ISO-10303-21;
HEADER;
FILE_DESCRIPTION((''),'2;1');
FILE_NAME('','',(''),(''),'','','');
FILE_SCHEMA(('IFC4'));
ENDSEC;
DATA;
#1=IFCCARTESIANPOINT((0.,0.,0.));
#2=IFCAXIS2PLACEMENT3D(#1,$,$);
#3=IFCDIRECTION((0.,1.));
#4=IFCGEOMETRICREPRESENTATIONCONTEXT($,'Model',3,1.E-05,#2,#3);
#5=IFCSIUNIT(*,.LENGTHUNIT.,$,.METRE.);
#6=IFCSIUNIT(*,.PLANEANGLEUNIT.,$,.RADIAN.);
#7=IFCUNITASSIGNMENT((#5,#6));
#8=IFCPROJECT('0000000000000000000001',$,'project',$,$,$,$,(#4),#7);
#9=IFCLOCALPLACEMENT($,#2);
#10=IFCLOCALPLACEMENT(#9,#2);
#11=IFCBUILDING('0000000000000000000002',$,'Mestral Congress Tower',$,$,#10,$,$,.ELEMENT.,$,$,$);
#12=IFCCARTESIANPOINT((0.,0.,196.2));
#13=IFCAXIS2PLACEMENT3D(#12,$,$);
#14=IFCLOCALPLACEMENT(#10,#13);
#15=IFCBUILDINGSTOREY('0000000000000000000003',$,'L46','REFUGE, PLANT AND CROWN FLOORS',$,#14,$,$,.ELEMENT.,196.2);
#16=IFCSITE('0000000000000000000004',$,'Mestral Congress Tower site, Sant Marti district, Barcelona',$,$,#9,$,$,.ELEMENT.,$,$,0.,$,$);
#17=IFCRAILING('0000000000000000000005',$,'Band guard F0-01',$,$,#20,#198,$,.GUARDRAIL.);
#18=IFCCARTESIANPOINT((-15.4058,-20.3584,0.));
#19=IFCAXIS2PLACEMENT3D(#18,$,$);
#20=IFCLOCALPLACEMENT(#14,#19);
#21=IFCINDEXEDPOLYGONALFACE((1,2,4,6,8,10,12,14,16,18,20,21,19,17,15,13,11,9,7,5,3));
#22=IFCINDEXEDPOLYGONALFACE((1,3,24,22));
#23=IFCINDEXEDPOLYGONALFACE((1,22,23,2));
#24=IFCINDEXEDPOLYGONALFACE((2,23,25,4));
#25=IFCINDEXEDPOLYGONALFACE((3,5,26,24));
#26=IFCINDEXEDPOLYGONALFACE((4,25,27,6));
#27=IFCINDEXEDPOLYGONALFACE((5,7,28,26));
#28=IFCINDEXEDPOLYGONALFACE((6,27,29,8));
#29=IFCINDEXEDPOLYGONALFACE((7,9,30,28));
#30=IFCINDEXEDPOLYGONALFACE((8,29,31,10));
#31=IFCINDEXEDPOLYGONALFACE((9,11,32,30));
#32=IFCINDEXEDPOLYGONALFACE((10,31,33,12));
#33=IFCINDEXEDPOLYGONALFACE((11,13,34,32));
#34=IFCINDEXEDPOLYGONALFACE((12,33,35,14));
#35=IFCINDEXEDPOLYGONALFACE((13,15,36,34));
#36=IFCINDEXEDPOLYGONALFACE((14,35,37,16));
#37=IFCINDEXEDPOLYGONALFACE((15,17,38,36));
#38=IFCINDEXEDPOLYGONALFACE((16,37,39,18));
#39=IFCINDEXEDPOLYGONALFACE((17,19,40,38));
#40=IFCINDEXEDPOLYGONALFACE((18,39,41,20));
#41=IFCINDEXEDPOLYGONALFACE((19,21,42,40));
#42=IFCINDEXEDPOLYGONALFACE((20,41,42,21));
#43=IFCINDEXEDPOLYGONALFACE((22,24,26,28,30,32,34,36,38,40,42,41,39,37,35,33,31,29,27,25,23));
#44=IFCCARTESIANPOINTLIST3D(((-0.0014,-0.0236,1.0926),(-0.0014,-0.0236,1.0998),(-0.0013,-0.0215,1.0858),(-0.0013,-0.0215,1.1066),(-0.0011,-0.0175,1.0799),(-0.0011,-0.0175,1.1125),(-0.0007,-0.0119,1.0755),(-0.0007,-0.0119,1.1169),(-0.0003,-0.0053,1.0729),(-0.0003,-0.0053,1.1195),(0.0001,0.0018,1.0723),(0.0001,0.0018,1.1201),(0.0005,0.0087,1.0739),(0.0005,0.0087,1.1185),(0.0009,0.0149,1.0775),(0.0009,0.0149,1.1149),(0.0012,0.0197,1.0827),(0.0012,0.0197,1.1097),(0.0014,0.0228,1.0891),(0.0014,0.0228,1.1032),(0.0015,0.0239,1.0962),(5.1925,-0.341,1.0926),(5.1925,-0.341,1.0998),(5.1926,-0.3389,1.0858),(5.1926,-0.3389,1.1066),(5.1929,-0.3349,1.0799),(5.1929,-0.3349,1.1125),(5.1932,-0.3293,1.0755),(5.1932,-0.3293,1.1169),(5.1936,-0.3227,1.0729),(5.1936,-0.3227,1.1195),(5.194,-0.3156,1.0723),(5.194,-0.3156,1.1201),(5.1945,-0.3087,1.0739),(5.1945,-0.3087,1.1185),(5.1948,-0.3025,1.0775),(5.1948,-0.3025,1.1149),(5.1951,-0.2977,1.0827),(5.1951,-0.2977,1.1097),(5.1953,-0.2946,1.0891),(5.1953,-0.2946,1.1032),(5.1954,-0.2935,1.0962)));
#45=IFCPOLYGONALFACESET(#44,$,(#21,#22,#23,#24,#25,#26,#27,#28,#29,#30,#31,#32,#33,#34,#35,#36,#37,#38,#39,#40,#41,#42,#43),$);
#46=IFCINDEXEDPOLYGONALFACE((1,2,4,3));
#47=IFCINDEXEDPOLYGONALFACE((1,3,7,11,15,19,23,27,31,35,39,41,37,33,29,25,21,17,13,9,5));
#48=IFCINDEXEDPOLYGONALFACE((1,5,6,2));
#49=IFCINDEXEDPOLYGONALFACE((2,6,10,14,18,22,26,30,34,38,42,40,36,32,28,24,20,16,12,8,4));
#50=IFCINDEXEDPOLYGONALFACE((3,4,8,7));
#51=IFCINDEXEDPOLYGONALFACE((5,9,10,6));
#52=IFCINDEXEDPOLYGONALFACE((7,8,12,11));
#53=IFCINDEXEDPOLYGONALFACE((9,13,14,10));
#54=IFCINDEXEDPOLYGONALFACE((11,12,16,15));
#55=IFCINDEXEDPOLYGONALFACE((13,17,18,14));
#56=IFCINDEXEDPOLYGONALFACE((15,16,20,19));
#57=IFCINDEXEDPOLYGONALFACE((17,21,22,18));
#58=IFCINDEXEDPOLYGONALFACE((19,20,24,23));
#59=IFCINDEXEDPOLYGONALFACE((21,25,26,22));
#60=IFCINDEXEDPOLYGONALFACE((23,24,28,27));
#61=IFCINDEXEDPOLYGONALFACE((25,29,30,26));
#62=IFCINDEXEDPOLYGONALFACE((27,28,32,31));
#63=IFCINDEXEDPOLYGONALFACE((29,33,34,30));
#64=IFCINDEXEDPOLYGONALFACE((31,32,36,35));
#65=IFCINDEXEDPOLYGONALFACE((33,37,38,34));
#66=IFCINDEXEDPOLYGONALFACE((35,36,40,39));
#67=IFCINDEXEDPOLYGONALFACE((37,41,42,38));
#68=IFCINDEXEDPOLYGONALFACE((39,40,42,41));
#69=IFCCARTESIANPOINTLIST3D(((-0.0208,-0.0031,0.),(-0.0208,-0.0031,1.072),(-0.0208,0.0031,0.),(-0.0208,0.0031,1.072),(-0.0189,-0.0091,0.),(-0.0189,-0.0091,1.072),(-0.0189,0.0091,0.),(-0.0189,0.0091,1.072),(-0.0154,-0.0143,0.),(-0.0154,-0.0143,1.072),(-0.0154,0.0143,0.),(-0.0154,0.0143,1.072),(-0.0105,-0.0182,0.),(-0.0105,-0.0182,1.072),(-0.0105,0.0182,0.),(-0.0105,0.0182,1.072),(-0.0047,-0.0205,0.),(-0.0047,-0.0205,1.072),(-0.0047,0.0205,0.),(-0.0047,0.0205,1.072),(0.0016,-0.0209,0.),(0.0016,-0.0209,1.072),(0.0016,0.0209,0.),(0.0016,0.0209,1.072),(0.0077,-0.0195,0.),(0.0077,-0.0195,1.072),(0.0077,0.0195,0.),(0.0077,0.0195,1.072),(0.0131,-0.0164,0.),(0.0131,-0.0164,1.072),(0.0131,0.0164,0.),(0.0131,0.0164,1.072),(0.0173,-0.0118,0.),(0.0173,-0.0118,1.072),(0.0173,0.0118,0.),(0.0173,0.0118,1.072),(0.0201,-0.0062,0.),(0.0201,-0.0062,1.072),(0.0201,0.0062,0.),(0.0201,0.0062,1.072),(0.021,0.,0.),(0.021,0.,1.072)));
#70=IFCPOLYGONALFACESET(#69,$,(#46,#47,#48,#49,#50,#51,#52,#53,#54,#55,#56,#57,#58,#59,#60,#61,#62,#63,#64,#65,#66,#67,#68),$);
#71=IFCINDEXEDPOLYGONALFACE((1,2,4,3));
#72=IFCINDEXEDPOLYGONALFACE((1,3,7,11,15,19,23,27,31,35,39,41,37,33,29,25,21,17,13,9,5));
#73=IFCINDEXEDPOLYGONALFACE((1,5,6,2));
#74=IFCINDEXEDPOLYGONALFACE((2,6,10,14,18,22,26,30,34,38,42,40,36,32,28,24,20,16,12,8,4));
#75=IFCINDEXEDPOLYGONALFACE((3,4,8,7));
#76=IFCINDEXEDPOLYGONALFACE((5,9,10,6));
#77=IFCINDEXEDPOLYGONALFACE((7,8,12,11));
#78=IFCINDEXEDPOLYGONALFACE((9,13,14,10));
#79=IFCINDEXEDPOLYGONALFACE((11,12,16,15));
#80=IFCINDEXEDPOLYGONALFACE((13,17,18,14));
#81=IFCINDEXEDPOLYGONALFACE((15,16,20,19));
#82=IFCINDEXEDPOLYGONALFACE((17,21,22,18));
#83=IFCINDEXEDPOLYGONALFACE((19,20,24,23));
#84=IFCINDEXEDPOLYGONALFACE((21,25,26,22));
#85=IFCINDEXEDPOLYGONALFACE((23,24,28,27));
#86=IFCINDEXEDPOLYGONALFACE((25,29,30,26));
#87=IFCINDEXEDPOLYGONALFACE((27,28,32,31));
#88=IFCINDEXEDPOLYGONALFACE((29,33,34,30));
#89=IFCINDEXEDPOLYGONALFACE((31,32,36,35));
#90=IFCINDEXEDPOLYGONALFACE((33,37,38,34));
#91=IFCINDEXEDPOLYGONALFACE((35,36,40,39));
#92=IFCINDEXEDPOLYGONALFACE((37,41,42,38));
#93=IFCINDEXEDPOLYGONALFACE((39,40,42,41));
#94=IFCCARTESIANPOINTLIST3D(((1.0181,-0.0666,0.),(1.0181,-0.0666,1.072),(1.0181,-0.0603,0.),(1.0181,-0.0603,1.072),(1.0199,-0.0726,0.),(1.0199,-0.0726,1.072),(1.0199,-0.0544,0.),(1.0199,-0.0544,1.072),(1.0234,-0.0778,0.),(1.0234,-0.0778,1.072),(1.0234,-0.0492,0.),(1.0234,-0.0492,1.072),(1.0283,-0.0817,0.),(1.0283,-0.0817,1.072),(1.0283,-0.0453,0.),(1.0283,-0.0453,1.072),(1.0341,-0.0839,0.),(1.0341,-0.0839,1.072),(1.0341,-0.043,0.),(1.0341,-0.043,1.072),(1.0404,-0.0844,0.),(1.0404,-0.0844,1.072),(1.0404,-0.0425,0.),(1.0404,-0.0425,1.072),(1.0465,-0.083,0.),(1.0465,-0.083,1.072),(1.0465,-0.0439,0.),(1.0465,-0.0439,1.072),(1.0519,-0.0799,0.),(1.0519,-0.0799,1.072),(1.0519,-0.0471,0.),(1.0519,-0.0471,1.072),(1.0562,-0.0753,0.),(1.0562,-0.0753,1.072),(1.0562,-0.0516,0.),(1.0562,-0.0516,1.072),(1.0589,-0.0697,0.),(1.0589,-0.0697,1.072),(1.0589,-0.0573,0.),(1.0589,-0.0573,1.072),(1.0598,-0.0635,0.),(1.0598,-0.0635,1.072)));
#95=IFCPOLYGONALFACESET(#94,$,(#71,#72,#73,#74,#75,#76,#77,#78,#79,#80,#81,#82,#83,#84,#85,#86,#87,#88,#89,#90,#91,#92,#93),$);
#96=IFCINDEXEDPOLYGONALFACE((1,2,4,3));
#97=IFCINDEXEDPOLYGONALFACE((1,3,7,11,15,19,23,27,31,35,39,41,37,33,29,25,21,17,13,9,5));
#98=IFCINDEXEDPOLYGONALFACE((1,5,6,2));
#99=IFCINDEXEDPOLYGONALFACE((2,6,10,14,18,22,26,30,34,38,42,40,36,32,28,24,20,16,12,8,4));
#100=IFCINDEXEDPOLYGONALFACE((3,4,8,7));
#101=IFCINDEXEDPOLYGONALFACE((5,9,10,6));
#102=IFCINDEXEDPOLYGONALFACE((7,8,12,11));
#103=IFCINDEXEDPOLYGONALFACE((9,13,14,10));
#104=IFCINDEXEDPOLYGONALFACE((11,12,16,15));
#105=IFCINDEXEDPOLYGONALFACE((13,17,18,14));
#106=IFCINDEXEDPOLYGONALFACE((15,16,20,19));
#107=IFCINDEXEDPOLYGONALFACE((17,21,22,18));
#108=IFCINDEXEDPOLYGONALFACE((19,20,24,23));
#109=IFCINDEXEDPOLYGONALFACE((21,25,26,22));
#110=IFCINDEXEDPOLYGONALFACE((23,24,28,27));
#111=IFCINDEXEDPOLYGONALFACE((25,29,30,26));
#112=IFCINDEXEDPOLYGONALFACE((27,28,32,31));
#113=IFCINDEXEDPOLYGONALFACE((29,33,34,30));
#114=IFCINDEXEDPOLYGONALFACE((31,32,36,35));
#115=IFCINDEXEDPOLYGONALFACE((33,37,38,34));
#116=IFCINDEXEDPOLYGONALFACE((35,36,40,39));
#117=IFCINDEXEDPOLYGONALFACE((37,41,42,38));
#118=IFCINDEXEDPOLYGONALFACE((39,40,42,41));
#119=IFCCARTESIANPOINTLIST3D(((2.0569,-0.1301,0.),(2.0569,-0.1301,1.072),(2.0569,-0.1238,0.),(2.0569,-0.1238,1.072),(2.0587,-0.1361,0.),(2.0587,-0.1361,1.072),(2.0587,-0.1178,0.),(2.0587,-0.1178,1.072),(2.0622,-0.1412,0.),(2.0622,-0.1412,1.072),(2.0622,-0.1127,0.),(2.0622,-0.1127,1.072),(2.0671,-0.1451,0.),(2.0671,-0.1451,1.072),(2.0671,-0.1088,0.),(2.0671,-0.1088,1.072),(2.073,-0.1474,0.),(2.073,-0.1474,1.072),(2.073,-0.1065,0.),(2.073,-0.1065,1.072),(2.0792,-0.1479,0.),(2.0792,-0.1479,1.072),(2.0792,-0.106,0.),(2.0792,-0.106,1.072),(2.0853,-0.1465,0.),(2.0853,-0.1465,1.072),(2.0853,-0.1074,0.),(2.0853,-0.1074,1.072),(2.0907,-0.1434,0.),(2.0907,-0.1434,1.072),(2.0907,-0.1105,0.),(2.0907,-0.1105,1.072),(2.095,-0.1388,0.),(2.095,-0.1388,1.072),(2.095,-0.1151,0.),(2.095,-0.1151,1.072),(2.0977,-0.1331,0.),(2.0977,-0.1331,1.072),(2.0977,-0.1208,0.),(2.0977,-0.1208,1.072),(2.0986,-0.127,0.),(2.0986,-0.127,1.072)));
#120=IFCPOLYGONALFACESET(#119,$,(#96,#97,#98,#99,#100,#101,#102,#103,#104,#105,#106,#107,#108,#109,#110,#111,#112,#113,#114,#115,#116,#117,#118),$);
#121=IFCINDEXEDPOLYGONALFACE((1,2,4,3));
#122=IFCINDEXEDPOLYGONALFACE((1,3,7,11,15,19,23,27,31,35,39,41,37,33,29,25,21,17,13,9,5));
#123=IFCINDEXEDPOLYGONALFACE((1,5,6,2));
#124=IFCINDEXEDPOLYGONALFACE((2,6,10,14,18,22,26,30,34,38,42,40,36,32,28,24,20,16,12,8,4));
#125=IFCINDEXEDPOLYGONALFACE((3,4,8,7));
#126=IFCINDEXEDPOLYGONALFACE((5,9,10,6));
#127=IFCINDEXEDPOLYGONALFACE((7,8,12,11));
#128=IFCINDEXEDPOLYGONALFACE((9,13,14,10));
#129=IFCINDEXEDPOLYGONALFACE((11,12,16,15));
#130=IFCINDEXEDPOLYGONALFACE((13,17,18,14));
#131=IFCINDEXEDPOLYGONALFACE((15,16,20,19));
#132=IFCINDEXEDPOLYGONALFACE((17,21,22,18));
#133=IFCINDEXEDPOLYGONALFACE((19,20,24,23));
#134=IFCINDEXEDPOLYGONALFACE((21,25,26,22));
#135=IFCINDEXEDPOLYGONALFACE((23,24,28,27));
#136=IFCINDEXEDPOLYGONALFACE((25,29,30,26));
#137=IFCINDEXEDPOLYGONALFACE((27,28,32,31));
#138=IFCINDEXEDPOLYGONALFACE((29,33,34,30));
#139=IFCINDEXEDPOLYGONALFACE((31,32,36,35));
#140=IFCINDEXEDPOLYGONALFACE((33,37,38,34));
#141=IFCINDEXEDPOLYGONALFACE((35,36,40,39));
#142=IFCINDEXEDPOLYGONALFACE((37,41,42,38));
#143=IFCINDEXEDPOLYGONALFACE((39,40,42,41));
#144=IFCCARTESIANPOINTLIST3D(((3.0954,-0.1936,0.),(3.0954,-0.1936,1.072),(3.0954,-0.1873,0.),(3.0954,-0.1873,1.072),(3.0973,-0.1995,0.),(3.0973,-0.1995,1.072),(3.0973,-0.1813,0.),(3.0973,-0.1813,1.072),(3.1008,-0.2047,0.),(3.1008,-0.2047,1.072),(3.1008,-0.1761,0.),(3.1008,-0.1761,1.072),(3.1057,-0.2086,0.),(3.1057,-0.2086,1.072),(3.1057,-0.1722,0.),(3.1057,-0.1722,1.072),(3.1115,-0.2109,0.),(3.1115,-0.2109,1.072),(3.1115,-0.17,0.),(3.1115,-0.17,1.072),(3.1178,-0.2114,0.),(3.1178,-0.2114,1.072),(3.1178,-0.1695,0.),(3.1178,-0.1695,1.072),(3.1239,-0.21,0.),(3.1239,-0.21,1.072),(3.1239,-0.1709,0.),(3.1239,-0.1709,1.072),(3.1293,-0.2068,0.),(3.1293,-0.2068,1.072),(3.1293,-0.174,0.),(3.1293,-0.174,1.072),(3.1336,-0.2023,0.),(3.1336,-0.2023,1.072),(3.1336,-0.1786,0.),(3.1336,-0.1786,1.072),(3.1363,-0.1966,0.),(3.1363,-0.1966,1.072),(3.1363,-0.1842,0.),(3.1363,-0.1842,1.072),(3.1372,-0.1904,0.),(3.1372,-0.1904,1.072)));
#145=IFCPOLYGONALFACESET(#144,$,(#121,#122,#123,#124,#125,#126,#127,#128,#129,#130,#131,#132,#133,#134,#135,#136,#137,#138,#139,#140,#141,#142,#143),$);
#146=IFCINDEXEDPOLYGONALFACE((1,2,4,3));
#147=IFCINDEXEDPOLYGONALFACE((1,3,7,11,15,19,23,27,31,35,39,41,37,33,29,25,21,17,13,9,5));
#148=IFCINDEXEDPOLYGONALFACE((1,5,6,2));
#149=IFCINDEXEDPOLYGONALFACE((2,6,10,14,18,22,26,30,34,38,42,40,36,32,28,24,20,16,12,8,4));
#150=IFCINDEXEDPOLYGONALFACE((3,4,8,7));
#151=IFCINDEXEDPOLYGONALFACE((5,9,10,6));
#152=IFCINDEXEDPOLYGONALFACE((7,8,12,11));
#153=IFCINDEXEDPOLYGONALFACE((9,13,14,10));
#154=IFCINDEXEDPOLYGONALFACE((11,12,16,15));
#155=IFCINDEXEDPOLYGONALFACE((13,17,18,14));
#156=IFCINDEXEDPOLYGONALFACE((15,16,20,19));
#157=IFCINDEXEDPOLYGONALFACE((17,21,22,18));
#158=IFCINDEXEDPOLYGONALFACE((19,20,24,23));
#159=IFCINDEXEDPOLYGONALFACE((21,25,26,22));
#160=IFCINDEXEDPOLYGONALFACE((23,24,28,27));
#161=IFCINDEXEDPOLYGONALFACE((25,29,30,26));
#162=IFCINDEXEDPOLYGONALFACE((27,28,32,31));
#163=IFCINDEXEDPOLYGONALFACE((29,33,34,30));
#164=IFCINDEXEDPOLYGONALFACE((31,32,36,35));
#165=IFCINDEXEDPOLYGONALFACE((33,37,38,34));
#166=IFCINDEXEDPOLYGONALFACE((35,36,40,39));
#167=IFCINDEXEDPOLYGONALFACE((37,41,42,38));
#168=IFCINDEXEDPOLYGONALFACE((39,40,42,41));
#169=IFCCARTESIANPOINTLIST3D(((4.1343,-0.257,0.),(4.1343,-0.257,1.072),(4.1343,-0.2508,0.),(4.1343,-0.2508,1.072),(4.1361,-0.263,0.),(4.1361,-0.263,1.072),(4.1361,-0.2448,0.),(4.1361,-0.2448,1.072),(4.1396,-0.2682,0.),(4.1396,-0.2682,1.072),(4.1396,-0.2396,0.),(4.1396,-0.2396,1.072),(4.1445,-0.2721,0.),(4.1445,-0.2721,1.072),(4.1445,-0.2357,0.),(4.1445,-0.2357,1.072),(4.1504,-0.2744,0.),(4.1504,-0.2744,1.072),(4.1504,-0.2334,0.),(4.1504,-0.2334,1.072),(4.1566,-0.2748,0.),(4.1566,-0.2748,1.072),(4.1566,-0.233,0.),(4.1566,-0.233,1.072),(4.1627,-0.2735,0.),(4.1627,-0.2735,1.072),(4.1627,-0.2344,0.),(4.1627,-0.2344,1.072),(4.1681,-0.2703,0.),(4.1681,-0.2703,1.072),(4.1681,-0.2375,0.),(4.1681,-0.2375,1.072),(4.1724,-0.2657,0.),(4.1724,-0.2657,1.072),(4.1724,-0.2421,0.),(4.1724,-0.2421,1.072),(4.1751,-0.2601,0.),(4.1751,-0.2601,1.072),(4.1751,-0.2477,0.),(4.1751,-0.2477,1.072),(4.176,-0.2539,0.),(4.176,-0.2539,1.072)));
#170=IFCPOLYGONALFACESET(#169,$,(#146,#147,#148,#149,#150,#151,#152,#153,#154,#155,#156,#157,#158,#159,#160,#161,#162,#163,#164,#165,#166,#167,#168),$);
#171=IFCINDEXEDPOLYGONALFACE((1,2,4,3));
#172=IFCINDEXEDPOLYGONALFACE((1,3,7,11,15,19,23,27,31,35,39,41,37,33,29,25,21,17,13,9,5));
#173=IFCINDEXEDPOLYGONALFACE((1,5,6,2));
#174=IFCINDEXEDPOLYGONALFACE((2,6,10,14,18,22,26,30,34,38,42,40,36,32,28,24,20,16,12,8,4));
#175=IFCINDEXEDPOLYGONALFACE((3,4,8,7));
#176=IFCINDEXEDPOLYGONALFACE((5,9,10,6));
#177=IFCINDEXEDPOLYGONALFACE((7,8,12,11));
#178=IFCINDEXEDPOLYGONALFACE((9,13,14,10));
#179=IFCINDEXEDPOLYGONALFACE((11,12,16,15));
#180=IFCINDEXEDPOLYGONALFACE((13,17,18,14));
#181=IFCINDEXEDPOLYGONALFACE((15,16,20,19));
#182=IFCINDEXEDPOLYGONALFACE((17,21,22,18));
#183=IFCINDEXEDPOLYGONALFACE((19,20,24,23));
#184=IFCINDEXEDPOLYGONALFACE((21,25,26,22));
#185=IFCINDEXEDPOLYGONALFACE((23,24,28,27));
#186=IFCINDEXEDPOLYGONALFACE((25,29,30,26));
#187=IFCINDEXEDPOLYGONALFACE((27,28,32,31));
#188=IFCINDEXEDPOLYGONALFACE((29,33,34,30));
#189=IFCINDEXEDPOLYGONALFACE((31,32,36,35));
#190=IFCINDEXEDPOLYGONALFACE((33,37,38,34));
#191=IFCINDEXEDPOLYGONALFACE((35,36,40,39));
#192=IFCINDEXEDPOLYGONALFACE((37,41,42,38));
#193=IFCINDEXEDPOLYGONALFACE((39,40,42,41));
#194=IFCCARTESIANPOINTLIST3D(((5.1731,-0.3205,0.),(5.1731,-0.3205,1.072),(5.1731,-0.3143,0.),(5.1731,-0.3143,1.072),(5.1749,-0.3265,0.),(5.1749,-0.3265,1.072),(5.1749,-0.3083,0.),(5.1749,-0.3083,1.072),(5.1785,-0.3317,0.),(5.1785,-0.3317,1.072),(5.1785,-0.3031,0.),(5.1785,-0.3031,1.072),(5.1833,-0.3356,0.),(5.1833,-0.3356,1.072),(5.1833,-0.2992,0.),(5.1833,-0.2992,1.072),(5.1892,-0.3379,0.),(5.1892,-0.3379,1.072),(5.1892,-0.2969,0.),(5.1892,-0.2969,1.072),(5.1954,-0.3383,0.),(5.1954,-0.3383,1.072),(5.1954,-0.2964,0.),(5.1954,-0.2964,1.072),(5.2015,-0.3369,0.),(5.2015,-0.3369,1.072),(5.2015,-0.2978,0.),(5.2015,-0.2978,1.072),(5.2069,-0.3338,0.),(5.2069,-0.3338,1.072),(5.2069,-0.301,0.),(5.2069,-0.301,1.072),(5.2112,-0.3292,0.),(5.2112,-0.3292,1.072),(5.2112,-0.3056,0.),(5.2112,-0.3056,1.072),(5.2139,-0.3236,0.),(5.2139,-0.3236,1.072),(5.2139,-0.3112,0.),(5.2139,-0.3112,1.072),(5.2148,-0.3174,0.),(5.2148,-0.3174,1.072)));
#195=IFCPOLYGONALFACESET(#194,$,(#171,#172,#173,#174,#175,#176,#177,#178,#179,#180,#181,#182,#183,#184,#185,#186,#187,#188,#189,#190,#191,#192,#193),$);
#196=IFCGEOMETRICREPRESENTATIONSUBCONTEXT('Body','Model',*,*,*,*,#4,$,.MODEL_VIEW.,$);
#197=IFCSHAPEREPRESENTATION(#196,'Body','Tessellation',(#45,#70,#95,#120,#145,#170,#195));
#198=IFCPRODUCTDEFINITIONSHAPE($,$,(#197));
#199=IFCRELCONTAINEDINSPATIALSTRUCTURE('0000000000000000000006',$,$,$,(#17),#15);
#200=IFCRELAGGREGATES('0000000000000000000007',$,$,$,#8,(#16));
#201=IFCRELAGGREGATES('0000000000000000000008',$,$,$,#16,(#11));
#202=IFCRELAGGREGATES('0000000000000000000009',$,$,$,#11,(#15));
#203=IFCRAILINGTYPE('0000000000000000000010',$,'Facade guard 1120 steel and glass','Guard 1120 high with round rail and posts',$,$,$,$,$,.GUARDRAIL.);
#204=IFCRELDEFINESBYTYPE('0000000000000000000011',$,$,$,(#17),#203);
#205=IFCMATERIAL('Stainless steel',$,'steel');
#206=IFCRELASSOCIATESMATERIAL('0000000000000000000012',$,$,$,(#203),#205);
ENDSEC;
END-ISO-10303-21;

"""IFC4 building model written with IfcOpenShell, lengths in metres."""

from ifc_helpers import new_model, si_unit, direction, frame, origin, origin_2d, place, context, subcontext, project, spatial, circle, extrude, material, type_object, element, save


model = new_model("IFC4")

# Units and contexts
model_context = context("Model", 3, precision=1e-05, world=origin(), true_north=direction((0.0, 1.0)))
body_context = subcontext(model_context, "Body", "Model", "MODEL_VIEW")
ifc_project = project(units=[si_unit("LENGTHUNIT", "METRE"), si_unit("PLANEANGLEUNIT", "RADIAN")], contexts=[model_context])

# Site, building, storey
site_placement = place(None, origin())
site = spatial("IfcSite", under=ifc_project, at=site_placement, Name="Mestral Congress Tower site, Sant Marti district, Barcelona", CompositionType="ELEMENT", RefElevation=0.0)
building_placement = place(site_placement, origin())
building = spatial("IfcBuilding", under=site, at=building_placement, Name="Mestral Congress Tower", CompositionType="ELEMENT")
storey_placement = place(building_placement, frame((0.0, 0.0, 196.2)))
storey = spatial("IfcBuildingStorey", under=building, at=storey_placement, Name="L46", Description="REFUGE, PLANT AND CROWN FLOORS", CompositionType="ELEMENT", Elevation=196.2)

# Railing
ifc_material_1 = material(Name="Stainless steel", Category="steel")
railing_type = type_object("IfcRailingType", Name="Facade guard 1120 steel and glass", Description="Guard 1120 high with round rail and posts", PredefinedType="GUARDRAIL", material=ifc_material_1)
railing_placement = place(storey_placement, frame((-15.4058, -20.3584, 0.0)))
element("IfcRailing", 1, at=railing_placement, inside=storey, type_object=railing_type, Name="Band guard F0-01", PredefinedType="GUARDRAIL", context=body_context, shape_type="SweptSolid", body=[
    extrude(circle(Radius=0.0239, at=origin_2d()), frame((0.0, 0.0, 1.0962), z_axis=(0.998138, -0.060994, 0.0), x_axis=(0.060994, 0.998138, 0.0)), (0.0, 0.0, 1.0), 5.2036),
    extrude(circle(Radius=0.021, at=origin_2d()), origin(), (0.0, 0.0, 1.0), 1.072),
    extrude(circle(Radius=0.021, at=origin_2d()), frame((1.0388, -0.0635, 0.0)), (0.0, 0.0, 1.0), 1.072),
    extrude(circle(Radius=0.021, at=origin_2d()), frame((2.0776, -0.127, 0.0)), (0.0, 0.0, 1.0), 1.072),
    extrude(circle(Radius=0.021, at=origin_2d()), frame((3.1162, -0.1904, 0.0)), (0.0, 0.0, 1.0), 1.072),
    extrude(circle(Radius=0.021, at=origin_2d()), frame((4.155, -0.2539, 0.0)), (0.0, 0.0, 1.0), 1.072),
    extrude(circle(Radius=0.021, at=origin_2d()), frame((5.1938, -0.3174, 0.0)), (0.0, 0.0, 1.0), 1.072),
])

save(model, "model.ifc")
